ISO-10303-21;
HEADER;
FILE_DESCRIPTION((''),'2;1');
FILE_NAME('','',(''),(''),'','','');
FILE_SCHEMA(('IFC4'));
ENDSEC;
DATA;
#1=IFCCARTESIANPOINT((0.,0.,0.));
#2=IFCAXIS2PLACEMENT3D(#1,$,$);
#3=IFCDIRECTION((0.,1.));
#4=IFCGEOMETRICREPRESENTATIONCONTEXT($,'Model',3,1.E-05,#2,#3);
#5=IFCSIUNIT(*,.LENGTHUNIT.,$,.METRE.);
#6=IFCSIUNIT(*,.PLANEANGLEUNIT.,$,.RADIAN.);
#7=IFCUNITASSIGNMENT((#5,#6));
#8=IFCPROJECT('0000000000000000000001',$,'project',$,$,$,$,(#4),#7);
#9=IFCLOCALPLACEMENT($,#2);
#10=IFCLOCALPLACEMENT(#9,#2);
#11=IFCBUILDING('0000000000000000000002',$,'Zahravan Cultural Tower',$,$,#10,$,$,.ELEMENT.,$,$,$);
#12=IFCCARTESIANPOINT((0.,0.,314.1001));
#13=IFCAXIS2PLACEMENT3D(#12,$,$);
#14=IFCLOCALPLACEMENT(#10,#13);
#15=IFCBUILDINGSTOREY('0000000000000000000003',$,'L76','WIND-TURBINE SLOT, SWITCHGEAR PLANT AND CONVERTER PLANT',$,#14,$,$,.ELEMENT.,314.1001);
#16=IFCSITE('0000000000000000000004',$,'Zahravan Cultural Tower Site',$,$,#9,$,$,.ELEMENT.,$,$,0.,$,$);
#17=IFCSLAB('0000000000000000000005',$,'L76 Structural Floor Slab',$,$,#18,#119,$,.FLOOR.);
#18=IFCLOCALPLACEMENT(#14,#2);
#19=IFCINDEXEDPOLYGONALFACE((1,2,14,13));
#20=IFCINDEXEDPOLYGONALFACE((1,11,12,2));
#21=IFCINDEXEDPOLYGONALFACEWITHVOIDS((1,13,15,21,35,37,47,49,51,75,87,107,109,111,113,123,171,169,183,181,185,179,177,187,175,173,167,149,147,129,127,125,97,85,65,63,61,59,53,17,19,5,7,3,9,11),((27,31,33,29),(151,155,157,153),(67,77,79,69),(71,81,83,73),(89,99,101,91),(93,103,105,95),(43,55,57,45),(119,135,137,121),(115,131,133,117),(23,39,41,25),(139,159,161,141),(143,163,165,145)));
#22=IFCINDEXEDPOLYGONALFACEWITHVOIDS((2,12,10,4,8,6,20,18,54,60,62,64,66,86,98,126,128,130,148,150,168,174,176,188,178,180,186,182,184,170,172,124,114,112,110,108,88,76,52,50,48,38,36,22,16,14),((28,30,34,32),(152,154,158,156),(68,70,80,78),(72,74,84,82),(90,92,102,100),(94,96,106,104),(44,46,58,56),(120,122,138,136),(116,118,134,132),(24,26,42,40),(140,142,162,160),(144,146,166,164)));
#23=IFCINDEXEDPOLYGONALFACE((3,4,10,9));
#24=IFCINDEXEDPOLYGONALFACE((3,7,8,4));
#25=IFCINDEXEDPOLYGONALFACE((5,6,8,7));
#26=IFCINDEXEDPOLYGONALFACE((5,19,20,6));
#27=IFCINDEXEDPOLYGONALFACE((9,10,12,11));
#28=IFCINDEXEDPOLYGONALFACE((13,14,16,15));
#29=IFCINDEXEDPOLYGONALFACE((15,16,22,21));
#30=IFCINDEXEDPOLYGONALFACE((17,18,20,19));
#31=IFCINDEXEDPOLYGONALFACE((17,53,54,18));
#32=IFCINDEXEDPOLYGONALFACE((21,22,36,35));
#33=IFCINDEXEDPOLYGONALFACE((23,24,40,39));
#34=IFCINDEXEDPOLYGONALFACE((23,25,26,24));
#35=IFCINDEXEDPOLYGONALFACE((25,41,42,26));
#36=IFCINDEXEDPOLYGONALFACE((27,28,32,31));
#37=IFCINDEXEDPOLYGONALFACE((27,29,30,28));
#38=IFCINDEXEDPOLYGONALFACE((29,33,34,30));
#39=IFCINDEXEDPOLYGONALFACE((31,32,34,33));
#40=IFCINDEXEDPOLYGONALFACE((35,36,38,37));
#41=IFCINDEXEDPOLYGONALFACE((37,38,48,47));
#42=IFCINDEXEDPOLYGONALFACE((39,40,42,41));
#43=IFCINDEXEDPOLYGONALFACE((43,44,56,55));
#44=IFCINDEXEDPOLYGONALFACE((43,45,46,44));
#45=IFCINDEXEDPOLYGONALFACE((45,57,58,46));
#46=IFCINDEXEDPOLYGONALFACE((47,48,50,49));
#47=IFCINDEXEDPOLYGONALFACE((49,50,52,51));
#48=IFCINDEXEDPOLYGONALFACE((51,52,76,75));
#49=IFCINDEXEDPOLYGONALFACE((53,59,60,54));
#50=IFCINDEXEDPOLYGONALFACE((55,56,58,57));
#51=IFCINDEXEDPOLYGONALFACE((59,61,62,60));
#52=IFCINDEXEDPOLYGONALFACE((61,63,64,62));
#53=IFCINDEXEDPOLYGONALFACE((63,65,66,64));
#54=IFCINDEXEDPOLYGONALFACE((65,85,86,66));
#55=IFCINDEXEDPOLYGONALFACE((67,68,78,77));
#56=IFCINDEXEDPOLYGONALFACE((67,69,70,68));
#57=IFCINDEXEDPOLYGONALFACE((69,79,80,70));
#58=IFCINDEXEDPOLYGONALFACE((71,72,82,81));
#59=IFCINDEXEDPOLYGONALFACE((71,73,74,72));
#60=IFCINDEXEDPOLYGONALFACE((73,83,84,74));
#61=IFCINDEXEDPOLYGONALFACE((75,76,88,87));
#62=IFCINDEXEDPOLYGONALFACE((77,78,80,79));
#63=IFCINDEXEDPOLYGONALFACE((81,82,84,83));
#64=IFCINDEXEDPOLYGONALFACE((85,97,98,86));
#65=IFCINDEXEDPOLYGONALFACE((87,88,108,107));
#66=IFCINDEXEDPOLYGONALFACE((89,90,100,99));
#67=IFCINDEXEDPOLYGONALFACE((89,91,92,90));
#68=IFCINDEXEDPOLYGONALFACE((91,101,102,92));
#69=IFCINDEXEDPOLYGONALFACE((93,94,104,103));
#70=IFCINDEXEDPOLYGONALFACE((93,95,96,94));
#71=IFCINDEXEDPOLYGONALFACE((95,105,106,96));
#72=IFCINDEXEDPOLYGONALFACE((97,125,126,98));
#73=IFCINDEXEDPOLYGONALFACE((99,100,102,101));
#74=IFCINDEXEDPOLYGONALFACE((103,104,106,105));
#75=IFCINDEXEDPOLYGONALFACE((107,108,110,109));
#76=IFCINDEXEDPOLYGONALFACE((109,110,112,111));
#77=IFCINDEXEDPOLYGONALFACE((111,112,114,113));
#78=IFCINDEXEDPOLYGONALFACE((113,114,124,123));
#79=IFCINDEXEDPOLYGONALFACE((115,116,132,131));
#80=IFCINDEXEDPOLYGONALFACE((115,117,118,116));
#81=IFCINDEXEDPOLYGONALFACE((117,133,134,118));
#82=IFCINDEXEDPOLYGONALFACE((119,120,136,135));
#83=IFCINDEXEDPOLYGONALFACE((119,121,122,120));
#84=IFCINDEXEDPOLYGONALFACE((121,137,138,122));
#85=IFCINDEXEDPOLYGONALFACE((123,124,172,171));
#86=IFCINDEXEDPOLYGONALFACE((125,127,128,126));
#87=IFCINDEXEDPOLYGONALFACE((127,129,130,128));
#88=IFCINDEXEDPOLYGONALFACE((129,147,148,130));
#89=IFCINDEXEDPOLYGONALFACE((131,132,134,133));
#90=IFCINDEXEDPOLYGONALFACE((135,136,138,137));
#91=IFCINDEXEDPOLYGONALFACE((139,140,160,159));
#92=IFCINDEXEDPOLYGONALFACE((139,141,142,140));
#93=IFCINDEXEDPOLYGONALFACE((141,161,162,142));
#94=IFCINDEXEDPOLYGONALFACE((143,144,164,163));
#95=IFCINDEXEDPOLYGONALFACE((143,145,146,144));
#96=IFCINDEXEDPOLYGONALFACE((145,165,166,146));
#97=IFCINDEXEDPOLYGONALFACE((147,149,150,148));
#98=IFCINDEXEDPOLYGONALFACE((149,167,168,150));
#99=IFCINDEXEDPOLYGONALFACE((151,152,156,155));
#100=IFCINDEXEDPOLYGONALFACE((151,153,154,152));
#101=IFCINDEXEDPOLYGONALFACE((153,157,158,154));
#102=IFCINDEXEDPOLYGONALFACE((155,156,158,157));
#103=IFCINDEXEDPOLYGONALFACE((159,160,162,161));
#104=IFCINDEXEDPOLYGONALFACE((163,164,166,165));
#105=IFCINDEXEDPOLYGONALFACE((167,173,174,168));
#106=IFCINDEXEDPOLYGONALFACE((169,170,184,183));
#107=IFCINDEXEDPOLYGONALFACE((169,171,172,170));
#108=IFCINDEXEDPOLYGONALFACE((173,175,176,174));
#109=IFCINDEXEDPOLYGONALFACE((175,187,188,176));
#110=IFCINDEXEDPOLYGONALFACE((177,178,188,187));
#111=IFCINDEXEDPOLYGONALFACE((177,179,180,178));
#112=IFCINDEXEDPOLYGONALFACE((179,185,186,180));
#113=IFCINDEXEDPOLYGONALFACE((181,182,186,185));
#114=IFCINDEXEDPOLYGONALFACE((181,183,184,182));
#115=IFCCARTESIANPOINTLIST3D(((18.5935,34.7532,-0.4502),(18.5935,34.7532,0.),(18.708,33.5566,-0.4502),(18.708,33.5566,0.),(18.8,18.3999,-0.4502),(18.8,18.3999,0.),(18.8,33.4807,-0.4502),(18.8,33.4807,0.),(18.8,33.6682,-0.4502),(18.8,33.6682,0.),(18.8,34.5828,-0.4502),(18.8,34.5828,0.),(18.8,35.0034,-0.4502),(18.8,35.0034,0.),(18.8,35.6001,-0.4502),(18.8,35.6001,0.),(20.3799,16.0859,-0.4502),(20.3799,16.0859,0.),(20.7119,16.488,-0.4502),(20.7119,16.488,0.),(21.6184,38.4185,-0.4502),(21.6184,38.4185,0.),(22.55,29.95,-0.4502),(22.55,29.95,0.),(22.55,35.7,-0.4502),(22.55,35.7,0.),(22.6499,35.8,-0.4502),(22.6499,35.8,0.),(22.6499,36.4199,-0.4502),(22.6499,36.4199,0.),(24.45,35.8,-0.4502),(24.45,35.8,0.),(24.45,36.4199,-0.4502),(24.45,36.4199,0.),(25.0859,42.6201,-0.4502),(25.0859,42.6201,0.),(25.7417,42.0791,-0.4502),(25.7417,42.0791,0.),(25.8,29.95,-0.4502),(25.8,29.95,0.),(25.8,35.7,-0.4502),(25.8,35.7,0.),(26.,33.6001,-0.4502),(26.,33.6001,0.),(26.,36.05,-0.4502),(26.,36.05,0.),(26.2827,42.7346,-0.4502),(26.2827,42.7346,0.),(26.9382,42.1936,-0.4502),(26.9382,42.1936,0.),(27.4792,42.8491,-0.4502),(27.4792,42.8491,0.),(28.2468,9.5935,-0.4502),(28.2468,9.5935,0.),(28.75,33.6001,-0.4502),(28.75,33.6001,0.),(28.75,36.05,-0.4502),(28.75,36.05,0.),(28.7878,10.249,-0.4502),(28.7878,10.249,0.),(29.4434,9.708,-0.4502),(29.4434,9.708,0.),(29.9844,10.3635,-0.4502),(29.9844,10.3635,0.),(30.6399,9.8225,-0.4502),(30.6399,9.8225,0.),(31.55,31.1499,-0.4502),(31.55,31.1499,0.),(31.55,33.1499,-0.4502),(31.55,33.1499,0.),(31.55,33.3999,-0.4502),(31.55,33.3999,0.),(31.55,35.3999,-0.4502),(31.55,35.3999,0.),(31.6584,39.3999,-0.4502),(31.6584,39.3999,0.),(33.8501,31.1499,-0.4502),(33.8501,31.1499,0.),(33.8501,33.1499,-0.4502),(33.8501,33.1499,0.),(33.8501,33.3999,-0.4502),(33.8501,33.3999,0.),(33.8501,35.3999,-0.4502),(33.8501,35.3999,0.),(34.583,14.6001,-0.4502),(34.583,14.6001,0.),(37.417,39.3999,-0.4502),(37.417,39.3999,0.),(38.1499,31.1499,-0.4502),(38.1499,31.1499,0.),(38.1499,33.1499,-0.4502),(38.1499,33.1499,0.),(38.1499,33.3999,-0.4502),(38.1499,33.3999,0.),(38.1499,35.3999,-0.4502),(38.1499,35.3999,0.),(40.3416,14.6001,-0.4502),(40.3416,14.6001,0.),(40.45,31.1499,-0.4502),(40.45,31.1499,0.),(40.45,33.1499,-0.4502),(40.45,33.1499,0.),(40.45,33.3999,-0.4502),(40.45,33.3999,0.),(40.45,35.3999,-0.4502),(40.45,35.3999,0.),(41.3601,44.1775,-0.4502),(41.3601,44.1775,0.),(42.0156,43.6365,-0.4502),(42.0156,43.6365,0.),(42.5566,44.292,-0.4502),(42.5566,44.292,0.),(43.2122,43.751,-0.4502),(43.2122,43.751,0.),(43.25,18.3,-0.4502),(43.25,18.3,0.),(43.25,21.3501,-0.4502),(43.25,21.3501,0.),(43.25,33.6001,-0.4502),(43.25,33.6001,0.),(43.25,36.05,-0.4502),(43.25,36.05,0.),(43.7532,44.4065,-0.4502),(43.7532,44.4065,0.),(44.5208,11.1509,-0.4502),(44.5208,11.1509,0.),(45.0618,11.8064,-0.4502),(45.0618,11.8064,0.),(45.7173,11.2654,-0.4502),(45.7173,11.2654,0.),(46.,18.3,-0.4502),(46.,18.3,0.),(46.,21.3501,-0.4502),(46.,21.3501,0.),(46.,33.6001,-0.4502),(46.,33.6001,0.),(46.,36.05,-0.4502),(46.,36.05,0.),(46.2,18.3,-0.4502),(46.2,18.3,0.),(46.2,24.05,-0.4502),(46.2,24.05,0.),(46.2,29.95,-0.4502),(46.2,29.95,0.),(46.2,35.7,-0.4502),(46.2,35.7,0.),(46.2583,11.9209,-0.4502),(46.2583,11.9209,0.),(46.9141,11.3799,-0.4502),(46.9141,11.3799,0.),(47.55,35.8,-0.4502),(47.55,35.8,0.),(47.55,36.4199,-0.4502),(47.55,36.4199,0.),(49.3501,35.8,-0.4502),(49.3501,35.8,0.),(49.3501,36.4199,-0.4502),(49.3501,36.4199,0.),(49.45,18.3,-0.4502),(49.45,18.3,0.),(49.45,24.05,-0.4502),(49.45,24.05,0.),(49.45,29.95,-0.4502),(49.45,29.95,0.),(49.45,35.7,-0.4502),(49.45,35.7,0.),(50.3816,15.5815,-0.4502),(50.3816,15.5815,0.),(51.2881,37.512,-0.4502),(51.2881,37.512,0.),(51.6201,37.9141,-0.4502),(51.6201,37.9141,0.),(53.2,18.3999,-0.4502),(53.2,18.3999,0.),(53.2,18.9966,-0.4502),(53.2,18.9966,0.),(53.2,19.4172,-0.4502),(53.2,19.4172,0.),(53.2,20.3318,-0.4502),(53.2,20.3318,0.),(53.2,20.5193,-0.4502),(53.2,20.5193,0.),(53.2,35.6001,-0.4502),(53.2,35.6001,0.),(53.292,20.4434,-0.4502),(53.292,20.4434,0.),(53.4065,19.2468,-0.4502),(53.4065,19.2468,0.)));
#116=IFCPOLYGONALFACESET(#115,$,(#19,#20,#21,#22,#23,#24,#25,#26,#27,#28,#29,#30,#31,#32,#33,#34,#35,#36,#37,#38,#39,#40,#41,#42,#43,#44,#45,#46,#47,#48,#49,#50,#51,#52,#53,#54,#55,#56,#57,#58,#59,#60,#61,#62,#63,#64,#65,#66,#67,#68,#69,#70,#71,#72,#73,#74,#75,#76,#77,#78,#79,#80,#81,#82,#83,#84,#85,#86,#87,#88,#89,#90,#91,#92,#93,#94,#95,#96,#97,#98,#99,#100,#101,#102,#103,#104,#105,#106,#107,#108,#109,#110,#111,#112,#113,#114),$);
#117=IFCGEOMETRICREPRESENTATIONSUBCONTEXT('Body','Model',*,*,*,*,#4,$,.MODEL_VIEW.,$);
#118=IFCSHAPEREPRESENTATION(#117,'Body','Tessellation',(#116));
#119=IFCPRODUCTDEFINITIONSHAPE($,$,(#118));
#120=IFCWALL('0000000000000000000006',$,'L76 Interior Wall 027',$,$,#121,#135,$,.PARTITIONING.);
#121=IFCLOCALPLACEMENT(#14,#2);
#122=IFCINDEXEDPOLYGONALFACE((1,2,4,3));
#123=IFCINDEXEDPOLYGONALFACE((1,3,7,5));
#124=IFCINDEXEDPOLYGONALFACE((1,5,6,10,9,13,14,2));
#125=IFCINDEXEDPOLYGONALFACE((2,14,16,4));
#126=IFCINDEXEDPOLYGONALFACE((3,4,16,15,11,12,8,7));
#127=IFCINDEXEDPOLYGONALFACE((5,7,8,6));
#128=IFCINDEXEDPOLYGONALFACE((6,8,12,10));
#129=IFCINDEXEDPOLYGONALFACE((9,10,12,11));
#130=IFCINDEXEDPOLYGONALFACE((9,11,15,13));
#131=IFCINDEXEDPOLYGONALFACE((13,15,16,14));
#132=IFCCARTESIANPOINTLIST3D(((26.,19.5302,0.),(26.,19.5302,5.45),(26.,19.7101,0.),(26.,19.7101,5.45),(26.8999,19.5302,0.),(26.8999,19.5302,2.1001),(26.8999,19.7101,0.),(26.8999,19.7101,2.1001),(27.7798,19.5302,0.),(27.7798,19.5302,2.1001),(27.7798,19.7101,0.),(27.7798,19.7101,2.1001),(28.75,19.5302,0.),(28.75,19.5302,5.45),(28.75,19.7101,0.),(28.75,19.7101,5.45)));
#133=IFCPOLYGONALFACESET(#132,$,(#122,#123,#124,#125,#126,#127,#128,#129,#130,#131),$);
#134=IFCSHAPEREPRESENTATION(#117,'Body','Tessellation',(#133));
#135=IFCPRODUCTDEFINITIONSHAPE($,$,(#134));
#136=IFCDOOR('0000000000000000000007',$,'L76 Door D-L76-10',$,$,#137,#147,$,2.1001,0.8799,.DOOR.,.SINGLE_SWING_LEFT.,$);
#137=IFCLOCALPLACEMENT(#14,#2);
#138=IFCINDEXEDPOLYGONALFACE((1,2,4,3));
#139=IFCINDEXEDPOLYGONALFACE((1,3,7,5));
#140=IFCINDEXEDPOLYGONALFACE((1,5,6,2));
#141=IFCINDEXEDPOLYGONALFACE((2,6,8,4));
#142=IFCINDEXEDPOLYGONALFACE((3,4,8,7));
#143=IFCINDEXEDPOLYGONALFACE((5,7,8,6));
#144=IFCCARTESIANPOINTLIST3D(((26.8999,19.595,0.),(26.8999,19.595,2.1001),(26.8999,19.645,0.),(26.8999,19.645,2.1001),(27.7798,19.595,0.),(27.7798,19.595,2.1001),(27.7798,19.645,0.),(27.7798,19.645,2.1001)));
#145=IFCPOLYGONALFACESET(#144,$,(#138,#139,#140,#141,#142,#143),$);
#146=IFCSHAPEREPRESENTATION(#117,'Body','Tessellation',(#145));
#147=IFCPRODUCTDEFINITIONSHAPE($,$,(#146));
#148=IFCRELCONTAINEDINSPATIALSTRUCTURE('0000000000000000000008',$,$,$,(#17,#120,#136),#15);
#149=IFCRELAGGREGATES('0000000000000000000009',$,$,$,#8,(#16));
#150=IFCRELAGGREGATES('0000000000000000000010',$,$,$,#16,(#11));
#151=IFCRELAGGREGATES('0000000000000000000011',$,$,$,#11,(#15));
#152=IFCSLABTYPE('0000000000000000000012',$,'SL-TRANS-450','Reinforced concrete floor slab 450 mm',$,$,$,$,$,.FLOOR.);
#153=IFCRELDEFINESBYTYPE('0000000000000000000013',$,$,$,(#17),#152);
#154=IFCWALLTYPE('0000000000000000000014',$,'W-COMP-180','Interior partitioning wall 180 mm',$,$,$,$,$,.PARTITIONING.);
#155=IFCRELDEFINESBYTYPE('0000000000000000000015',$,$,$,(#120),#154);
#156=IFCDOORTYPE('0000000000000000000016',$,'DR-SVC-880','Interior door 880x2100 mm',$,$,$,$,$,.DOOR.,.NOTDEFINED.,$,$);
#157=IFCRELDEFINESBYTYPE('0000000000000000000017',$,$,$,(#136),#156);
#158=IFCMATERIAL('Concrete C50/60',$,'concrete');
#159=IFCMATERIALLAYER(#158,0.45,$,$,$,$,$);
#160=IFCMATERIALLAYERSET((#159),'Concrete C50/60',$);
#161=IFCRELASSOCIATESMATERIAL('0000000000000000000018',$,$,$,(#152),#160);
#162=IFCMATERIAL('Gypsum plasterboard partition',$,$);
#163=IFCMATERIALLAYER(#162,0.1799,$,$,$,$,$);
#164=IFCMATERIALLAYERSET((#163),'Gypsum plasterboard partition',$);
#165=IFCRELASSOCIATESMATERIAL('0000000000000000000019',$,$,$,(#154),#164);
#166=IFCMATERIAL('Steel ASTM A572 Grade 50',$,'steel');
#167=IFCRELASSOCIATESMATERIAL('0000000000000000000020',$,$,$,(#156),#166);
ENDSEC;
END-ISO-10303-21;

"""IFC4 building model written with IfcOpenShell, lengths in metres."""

from ifc_helpers import new_model, si_unit, direction, frame, frame_2d, origin, place, context, subcontext, project, spatial, polyline, rectangle, outline, extrude, source, transform, mapped, material, layer, layer_set, type_object, element, fill, save


model = new_model("IFC4")

# Units and contexts
model_context = context("Model", 3, precision=1e-05, world=origin(), true_north=direction((0.0, 1.0)))
body_context = subcontext(model_context, "Body", "Model", "MODEL_VIEW")
ifc_project = project(units=[si_unit("LENGTHUNIT", "METRE"), si_unit("PLANEANGLEUNIT", "RADIAN")], contexts=[model_context])

# Site, building, storey
site_placement = place(None, origin())
site = spatial("IfcSite", under=ifc_project, at=site_placement, Name="Zahravan Cultural Tower Site", CompositionType="ELEMENT", RefElevation=0.0)
building_placement = place(site_placement, origin())
building = spatial("IfcBuilding", under=site, at=building_placement, Name="Zahravan Cultural Tower", CompositionType="ELEMENT")
storey_placement = place(building_placement, frame((0.0, 0.0, 314.1001)))
storey = spatial("IfcBuildingStorey", under=building, at=storey_placement, Name="L76", Description="WIND-TURBINE SLOT, SWITCHGEAR PLANT AND CONVERTER PLANT", CompositionType="ELEMENT", Elevation=314.1001)

# Shared definitions
ifc_material_1 = material(Name="Concrete C50/60", Category="concrete")

# Shared definitions
ifc_material_2 = material(Name="Steel ASTM A572 Grade 50", Category="steel")

# Slab
ifc_layer_1 = layer(ifc_material_1, 0.45)
ifc_layer_set_1 = layer_set([ifc_layer_1], Name="Concrete C50/60")
slab_type_1 = type_object("IfcSlabType", Name="SL-TRANS-450", Description="Reinforced concrete floor slab 450 mm", PredefinedType="FLOOR", material=ifc_layer_set_1)
slab_1_placement = place(storey_placement, frame((0.0, 0.0, -0.4502)))
element("IfcSlab", 1, at=slab_1_placement, inside=storey, type_object=slab_type_1, Name="L76 Structural Floor Slab", PredefinedType="FLOOR", context=body_context, shape_type="SweptSolid", body=[
    extrude(outline(polyline([(37.417, 39.3999), (31.6584, 39.3999), (27.4792, 42.8491), (26.9382, 42.1936), (26.2827, 42.7346), (25.7417, 42.0791), (25.0859, 42.6201), (21.6184, 38.4185), (18.8, 35.6001), (18.8, 35.0034), (18.5935, 34.7532), (18.8, 34.5828), (18.8, 33.6682), (18.708, 33.5566), (18.8, 33.4807), (18.8, 18.3999), (20.7119, 16.488), (20.3799, 16.0859), (28.2468, 9.5935), (28.7878, 10.249), (29.4434, 9.708), (29.9844, 10.3635), (30.6399, 9.8225), (34.583, 14.6001), (40.3416, 14.6001), (44.5208, 11.1509), (45.0618, 11.8064), (45.7173, 11.2654), (46.2583, 11.9209), (46.9141, 11.3799), (50.3816, 15.5815), (53.2, 18.3999), (53.2, 18.9966), (53.4065, 19.2468), (53.2, 19.4172), (53.2, 20.3318), (53.292, 20.4434), (53.2, 20.5193), (53.2, 35.6001), (51.2881, 37.512), (51.6201, 37.9141), (43.7532, 44.4065), (43.2122, 43.751), (42.5566, 44.292), (42.0156, 43.6365), (41.3601, 44.1775), (37.417, 39.3999)]), holes=[polyline([(22.55, 29.95), (22.55, 35.7), (25.8, 35.7), (25.8, 29.95), (22.55, 29.95)]), polyline([(46.2, 29.95), (46.2, 35.7), (49.45, 35.7), (49.45, 29.95), (46.2, 29.95)]), polyline([(46.2, 18.3), (46.2, 24.05), (49.45, 24.05), (49.45, 18.3), (46.2, 18.3)]), polyline([(26.0, 33.6001), (26.0, 36.05), (28.75, 36.05), (28.75, 33.6001), (26.0, 33.6001)]), polyline([(43.25, 33.6001), (43.25, 36.05), (46.0, 36.05), (46.0, 33.6001), (43.25, 33.6001)]), polyline([(43.25, 18.3), (43.25, 21.3501), (46.0, 21.3501), (46.0, 18.3), (43.25, 18.3)]), polyline([(31.55, 33.3999), (31.55, 35.3999), (33.8501, 35.3999), (33.8501, 33.3999), (31.55, 33.3999)]), polyline([(31.55, 31.1499), (31.55, 33.1499), (33.8501, 33.1499), (33.8501, 31.1499), (31.55, 31.1499)]), polyline([(38.1499, 33.3999), (38.1499, 35.3999), (40.45, 35.3999), (40.45, 33.3999), (38.1499, 33.3999)]), polyline([(38.1499, 31.1499), (38.1499, 33.1499), (40.45, 33.1499), (40.45, 31.1499), (38.1499, 31.1499)]), polyline([(22.6499, 35.8), (22.6499, 36.4199), (24.45, 36.4199), (24.45, 35.8), (22.6499, 35.8)]), polyline([(47.55, 35.8), (47.55, 36.4199), (49.3501, 36.4199), (49.3501, 35.8), (47.55, 35.8)])]), origin(), (0.0, 0.0, 1.0), 0.4502),
])

# Wall, opening, door
ifc_material_3 = material(Name="Gypsum plasterboard partition")
ifc_layer_2 = layer(ifc_material_3, 0.1799)
ifc_layer_set_2 = layer_set([ifc_layer_2], Name="Gypsum plasterboard partition")
wall_type_1 = type_object("IfcWallType", Name="W-COMP-180", Description="Interior partitioning wall 180 mm", PredefinedType="PARTITIONING", material=ifc_layer_set_2)
wall_1_placement = place(storey_placement, frame((26.0, 19.6201, 0.0), z_axis=(0.0, 0.0, 1.0), x_axis=(1.0, 0.0, 0.0)))
wall_1 = element("IfcWall", 2, at=wall_1_placement, inside=storey, type_object=wall_type_1, Name="L76 Interior Wall 027", PredefinedType="PARTITIONING", context=body_context, shape_type="SweptSolid", body=[
    extrude(rectangle(XDim=2.75, YDim=0.1799, at=frame_2d((1.375, 0.0))), origin(), (0.0, 0.0, 1.0), 5.45),
])
opening_1_placement = place(wall_1_placement, frame((0.8999, 0.0, 0.0)))
opening_1 = element("IfcOpeningElement", 3, at=opening_1_placement, cuts=wall_1, PredefinedType="OPENING", context=body_context, shape_type="SweptSolid", body=[
    extrude(rectangle(XDim=0.8799, YDim=2.1001, at=frame_2d((0.4399, 1.05))), frame((0.0, 0.0999, 0.0), z_axis=(0.0, -1.0, 0.0), x_axis=(1.0, 0.0, 0.0)), (0.0, 0.0, 1.0), 0.2),
])
door_type_1 = type_object("IfcDoorType", Name="DR-SVC-880", Description="Interior door 880x2100 mm", OperationType="NOTDEFINED", PredefinedType="DOOR", material=ifc_material_2)
shared_shape_1 = source(origin(), body_context, "Body", "SweptSolid", [
    extrude(rectangle(XDim=0.8799, YDim=2.1001, at=frame_2d((0.4399, 1.05))), frame((0.0, 0.0249, 0.0), z_axis=(0.0, -1.0, 0.0), x_axis=(1.0, 0.0, 0.0)), (0.0, 0.0, 1.0), 0.05),
])
door_1_placement = place(opening_1_placement, origin())
door_1 = element("IfcDoor", 4, at=door_1_placement, inside=storey, type_object=door_type_1, Name="L76 Door D-L76-10", OperationType="SINGLE_SWING_LEFT", OverallHeight=2.1001, OverallWidth=0.8799, PredefinedType="DOOR", context=body_context, shape_type="MappedRepresentation", body=[
    mapped(shared_shape_1, transform((0.0, 0.0, 0.0), x_axis=(1.0, 0.0, 0.0), y_axis=(0.0, 1.0, 0.0), z_axis=(0.0, 0.0, 1.0), scale=1.0)),
])
fill(opening_1, door_1)

save(model, "model.ifc")
